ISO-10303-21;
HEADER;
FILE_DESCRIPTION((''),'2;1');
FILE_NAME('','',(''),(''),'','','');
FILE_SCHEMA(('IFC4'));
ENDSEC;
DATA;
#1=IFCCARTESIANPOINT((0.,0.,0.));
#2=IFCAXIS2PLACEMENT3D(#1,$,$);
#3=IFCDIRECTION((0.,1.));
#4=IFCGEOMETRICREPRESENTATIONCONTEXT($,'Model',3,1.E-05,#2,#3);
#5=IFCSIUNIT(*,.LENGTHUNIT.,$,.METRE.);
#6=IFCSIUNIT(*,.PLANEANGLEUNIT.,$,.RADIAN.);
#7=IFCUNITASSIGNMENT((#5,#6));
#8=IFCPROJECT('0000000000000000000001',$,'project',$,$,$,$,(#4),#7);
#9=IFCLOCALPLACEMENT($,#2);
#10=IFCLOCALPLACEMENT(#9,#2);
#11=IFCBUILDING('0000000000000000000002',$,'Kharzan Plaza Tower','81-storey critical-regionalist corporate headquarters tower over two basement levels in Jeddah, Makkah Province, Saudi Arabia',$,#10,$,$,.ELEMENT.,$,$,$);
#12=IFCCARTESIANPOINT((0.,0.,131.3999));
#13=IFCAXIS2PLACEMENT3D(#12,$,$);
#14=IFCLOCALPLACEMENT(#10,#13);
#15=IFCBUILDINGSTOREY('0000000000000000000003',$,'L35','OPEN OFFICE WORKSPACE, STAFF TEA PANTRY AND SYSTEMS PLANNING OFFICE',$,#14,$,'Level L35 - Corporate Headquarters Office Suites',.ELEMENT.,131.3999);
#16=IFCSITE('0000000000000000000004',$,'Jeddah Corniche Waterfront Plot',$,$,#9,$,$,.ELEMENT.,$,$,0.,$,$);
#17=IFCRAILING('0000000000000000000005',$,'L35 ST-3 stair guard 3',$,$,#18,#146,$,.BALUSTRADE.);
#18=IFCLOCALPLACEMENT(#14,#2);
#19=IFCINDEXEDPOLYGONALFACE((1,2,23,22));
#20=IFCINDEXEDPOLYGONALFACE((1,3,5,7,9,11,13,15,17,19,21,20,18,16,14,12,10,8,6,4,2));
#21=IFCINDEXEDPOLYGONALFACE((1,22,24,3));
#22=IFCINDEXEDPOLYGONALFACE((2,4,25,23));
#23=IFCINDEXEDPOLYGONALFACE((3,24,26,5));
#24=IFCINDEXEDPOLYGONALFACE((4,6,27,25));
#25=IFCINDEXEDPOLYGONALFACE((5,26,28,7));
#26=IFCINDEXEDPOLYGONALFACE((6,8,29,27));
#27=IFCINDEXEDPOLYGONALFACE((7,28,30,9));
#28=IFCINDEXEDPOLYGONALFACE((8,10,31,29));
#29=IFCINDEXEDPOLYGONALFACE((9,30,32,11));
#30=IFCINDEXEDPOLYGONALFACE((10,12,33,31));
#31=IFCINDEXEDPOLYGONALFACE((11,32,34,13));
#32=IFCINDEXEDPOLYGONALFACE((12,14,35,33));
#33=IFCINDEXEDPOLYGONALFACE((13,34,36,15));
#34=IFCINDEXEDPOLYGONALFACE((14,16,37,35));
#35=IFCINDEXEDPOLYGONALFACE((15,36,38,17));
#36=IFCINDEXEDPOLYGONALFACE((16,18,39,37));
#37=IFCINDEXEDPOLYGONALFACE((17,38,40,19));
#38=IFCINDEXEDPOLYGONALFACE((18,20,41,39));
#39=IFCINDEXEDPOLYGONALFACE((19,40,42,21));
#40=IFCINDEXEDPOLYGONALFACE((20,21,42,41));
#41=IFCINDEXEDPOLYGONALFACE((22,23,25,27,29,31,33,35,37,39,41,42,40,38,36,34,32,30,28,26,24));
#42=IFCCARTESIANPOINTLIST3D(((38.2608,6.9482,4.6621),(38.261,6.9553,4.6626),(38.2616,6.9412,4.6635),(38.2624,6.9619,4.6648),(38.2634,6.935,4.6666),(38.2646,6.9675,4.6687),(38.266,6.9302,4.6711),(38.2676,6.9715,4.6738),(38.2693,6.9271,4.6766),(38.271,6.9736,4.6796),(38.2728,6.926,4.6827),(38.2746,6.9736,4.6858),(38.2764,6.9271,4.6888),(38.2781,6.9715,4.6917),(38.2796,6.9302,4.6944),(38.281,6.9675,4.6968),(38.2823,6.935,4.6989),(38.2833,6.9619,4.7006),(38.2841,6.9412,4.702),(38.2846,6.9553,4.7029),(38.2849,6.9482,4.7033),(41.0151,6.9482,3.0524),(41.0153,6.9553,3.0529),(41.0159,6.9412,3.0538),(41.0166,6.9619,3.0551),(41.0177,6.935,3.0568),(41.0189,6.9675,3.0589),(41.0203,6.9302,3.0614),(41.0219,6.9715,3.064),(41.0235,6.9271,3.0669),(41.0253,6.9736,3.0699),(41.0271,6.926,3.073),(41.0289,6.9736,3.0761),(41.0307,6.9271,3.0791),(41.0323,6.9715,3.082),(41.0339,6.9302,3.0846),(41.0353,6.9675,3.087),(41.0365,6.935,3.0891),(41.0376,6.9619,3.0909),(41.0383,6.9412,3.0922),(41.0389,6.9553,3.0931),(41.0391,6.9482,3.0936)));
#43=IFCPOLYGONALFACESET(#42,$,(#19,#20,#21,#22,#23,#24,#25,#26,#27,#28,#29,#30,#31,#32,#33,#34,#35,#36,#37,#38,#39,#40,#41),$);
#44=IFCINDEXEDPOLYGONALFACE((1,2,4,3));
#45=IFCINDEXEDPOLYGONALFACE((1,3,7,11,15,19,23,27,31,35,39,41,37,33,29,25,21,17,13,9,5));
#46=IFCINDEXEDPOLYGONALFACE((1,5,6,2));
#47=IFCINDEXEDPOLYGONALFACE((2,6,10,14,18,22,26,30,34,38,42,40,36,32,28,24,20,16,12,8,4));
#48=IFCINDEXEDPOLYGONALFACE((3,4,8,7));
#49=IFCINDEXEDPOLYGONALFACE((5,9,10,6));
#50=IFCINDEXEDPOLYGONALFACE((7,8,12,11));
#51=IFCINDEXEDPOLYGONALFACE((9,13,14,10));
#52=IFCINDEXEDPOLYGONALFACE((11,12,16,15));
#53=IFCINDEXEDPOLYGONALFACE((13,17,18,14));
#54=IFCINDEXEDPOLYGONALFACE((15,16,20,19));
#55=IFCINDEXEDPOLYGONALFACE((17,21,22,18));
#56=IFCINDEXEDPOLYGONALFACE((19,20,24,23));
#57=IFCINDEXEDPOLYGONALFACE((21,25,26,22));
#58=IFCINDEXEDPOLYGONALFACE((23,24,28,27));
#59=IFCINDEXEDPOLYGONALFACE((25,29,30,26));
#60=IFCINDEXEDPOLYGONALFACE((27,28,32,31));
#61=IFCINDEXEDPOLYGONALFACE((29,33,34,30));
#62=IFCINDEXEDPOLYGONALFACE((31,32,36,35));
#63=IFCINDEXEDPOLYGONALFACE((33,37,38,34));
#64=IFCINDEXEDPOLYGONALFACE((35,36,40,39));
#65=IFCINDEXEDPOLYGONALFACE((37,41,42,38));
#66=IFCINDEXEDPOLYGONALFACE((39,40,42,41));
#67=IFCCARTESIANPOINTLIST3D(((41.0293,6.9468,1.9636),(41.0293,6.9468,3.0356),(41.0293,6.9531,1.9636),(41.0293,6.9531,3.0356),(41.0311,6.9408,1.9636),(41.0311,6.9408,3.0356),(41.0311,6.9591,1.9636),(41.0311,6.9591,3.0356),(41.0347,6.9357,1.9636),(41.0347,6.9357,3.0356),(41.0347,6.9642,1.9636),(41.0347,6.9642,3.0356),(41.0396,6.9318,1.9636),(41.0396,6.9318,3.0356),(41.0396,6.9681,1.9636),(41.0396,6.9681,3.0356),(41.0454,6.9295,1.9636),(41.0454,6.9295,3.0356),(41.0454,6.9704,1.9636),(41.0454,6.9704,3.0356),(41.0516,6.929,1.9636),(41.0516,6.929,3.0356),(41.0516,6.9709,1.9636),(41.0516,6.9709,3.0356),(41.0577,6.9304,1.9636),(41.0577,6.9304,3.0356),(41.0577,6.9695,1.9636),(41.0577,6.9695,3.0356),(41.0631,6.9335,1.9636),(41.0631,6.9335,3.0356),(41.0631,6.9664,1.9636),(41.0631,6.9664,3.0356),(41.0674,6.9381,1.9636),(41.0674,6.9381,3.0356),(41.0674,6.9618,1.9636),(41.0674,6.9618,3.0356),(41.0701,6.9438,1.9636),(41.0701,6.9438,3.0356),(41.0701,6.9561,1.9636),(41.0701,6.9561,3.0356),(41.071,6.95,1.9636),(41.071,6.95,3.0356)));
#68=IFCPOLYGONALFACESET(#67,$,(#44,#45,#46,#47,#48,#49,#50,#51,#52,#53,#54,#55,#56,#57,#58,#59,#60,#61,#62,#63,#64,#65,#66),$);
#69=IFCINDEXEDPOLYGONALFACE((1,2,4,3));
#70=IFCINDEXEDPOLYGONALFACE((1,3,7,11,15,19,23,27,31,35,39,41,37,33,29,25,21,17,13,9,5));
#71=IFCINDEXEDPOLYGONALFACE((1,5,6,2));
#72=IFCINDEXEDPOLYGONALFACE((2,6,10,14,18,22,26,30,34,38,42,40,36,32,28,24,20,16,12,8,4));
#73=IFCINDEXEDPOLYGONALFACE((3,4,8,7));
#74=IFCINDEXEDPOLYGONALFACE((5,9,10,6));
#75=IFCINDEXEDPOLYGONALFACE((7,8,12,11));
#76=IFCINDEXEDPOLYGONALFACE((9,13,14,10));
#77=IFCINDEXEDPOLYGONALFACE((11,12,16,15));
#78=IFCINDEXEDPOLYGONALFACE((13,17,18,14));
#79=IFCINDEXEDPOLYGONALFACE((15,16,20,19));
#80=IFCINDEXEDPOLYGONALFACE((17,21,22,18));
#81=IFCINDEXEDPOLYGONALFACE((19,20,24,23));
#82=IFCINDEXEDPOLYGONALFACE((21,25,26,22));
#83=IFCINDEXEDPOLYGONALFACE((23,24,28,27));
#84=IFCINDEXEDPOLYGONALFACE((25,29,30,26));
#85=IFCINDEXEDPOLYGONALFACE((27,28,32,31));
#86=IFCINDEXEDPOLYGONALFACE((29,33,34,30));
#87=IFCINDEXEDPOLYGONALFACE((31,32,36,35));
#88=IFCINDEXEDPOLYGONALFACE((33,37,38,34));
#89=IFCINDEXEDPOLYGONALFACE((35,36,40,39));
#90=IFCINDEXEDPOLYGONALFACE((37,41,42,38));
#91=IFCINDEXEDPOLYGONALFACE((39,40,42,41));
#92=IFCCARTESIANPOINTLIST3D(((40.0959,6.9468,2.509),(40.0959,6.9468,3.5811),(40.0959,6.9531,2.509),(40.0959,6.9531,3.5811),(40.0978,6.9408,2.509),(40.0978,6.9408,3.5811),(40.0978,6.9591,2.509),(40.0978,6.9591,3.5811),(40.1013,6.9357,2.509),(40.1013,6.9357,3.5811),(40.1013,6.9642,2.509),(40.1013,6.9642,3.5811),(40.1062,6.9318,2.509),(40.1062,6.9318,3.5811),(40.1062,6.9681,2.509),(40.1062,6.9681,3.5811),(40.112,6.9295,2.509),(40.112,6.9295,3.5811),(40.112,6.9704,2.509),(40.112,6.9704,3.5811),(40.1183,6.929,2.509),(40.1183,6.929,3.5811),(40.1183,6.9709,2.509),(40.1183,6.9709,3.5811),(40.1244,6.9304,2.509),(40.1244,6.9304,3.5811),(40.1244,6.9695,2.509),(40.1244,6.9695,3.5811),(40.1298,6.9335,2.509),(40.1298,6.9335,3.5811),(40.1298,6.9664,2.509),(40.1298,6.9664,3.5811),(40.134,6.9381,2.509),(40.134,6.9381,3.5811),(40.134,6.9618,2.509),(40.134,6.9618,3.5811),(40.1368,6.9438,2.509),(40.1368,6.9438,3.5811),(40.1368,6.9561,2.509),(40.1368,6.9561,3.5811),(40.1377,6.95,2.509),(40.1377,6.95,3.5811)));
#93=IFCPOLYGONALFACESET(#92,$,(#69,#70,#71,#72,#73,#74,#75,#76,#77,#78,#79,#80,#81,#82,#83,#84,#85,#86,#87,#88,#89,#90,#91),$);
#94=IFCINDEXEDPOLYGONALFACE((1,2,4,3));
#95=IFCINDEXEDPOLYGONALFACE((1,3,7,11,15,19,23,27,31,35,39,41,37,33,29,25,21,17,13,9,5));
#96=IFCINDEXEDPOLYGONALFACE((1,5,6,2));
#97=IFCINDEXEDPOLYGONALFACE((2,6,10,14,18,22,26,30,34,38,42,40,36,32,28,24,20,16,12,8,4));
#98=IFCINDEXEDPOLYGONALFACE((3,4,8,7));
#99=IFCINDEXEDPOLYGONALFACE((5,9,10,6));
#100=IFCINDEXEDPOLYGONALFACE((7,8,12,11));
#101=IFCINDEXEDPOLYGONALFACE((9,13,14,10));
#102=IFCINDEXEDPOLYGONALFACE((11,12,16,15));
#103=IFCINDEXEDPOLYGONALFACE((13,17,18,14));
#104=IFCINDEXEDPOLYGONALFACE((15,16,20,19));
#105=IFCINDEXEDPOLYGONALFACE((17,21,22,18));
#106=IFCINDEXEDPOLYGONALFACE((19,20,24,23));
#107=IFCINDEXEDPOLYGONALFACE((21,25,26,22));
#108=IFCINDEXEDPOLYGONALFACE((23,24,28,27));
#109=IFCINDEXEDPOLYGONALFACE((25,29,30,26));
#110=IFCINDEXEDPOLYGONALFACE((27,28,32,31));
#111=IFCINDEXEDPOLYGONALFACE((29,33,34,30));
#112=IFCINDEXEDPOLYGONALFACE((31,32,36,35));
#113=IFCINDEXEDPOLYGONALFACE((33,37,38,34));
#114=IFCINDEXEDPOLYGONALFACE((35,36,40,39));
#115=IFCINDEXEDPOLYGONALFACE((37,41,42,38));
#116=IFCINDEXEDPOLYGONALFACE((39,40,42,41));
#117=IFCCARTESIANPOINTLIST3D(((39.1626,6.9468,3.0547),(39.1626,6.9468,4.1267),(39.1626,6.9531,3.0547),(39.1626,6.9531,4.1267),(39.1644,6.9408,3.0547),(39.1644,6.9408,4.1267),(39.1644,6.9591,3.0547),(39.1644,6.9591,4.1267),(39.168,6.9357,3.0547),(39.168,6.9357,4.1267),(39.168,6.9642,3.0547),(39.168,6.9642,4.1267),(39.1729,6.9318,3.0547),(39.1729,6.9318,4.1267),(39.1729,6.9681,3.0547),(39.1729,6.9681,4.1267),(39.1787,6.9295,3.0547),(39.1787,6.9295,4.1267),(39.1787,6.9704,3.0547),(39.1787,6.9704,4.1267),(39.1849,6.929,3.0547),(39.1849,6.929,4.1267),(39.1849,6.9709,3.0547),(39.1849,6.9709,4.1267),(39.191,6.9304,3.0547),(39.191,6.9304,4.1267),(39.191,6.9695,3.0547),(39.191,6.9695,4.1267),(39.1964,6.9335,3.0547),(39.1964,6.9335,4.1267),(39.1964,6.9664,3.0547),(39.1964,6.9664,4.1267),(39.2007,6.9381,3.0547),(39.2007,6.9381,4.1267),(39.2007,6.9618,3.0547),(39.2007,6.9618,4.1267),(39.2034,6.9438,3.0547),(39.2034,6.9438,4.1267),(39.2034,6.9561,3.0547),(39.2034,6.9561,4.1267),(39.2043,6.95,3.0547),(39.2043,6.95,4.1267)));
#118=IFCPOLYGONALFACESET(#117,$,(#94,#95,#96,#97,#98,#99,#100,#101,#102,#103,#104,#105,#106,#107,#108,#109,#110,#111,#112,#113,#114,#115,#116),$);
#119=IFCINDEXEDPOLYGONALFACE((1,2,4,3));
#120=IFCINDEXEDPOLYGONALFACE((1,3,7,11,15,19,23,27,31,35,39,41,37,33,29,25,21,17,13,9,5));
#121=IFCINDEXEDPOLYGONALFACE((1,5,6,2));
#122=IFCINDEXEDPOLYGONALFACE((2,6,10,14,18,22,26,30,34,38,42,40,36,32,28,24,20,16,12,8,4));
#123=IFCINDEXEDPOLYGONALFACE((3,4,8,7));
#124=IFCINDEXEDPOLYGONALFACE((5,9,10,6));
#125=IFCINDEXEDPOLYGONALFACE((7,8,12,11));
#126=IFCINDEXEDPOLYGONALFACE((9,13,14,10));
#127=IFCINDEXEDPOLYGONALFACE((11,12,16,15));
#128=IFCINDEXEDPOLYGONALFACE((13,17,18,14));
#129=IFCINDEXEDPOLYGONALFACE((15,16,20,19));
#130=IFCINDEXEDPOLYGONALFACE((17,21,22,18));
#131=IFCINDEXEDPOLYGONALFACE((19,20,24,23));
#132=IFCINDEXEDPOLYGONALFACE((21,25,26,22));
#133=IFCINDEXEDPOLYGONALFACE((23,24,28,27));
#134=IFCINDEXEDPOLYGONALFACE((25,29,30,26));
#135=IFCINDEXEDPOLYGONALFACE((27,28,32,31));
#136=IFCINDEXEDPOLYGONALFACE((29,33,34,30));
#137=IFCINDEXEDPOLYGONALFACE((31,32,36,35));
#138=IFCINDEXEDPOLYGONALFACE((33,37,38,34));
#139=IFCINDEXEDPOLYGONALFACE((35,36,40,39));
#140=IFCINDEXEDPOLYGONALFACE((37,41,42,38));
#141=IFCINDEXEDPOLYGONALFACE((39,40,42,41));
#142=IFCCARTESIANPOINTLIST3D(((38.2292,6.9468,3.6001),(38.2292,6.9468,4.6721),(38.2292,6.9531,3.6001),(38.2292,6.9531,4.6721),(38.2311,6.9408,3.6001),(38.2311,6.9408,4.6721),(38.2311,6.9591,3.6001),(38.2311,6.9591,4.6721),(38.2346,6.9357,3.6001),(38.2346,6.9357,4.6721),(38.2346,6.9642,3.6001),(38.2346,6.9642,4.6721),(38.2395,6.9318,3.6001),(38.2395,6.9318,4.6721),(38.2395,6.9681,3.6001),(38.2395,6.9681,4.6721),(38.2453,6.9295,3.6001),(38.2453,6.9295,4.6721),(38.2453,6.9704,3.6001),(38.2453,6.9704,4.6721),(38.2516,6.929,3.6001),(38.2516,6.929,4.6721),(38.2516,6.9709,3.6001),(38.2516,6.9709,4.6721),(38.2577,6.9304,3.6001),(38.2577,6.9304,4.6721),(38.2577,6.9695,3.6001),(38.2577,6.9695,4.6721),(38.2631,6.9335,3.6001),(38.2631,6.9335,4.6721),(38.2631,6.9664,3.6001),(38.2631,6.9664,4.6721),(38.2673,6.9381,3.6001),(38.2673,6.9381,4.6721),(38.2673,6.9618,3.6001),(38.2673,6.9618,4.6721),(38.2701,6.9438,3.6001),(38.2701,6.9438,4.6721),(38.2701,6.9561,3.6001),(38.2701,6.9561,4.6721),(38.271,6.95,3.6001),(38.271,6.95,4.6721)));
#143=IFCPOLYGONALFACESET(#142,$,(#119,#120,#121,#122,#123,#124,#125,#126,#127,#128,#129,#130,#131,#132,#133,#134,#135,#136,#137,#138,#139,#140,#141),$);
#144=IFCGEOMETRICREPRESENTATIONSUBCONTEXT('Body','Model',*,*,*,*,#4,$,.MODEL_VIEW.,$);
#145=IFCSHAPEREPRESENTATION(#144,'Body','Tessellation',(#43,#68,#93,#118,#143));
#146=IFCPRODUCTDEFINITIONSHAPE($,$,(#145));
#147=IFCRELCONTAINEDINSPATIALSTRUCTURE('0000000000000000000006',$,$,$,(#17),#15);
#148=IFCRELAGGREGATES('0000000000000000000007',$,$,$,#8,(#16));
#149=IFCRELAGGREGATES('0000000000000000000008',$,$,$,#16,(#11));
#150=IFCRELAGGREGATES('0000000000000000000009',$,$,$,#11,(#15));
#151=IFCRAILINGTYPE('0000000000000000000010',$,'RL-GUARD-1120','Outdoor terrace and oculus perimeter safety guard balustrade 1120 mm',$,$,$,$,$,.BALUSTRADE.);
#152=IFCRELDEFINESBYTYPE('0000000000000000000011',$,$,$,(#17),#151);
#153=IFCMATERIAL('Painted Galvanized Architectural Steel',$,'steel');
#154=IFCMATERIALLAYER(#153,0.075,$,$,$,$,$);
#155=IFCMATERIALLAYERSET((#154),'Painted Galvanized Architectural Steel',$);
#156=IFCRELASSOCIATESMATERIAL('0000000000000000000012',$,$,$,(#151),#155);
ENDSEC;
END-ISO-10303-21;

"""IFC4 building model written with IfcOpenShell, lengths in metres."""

from ifc_helpers import new_model, si_unit, direction, frame, origin, origin_2d, place, context, subcontext, project, spatial, circle, extrude, source, transform, mapped, material, layer, layer_set, type_object, element, save


model = new_model("IFC4")

# Units and contexts
model_context = context("Model", 3, precision=1e-05, world=origin(), true_north=direction((0.0, 1.0)))
body_context = subcontext(model_context, "Body", "Model", "MODEL_VIEW")
ifc_project = project(units=[si_unit("LENGTHUNIT", "METRE"), si_unit("PLANEANGLEUNIT", "RADIAN")], contexts=[model_context])

# Site, building, storey
site_placement = place(None, origin())
site = spatial("IfcSite", under=ifc_project, at=site_placement, Name="Jeddah Corniche Waterfront Plot", CompositionType="ELEMENT", RefElevation=0.0)
building_placement = place(site_placement, origin())
building = spatial("IfcBuilding", under=site, at=building_placement, Name="Kharzan Plaza Tower", Description="81-storey critical-regionalist corporate headquarters tower over two basement levels in Jeddah, Makkah Province, Saudi Arabia", CompositionType="ELEMENT")
storey_placement = place(building_placement, frame((0.0, 0.0, 131.3999)))
storey = spatial("IfcBuildingStorey", under=building, at=storey_placement, Name="L35", Description="OPEN OFFICE WORKSPACE, STAFF TEA PANTRY AND SYSTEMS PLANNING OFFICE", LongName="Level L35 - Corporate Headquarters Office Suites", CompositionType="ELEMENT", Elevation=131.3999)

# Railing
ifc_material_1 = material(Name="Painted Galvanized Architectural Steel", Category="steel")
ifc_layer_1 = layer(ifc_material_1, 0.075)
ifc_layer_set_1 = layer_set([ifc_layer_1], Name="Painted Galvanized Architectural Steel")
railing_type_1 = type_object("IfcRailingType", Name="RL-GUARD-1120", Description="Outdoor terrace and oculus perimeter safety guard balustrade 1120 mm", PredefinedType="BALUSTRADE", material=ifc_layer_set_1)
shared_shape_1 = source(origin(), body_context, "Body", "SweptSolid", [
    extrude(circle(Radius=0.0239, at=origin_2d()), frame((-0.0229, 0.0, 1.1094), z_axis=(-0.863361, 0.0, 0.504587), x_axis=(0.0, -1.0, 0.0)), (0.0, 0.0, 1.0), 3.1902),
    extrude(circle(Radius=0.021, at=origin_2d()), origin(), (0.0, 0.0, 1.0), 1.072),
    extrude(circle(Radius=0.021, at=origin_2d()), frame((-0.9333, 0.0, 0.5454)), (0.0, 0.0, 1.0), 1.072),
    extrude(circle(Radius=0.021, at=origin_2d()), frame((-1.8667, 0.0, 1.0911)), (0.0, 0.0, 1.0), 1.072),
    extrude(circle(Radius=0.021, at=origin_2d()), frame((-2.8, 0.0, 1.6365)), (0.0, 0.0, 1.0), 1.072),
])
railing_1_placement = place(storey_placement, frame((41.05, 6.95, 1.9636)))
element("IfcRailing", 1, at=railing_1_placement, inside=storey, type_object=railing_type_1, Name="L35 ST-3 stair guard 3", PredefinedType="BALUSTRADE", context=body_context, shape_type="MappedRepresentation", body=[
    mapped(shared_shape_1, transform((0.0, 0.0, 0.0), x_axis=(1.0, 0.0, 0.0), y_axis=(0.0, 1.0, 0.0), z_axis=(0.0, 0.0, 1.0))),
])

save(model, "model.ifc")
